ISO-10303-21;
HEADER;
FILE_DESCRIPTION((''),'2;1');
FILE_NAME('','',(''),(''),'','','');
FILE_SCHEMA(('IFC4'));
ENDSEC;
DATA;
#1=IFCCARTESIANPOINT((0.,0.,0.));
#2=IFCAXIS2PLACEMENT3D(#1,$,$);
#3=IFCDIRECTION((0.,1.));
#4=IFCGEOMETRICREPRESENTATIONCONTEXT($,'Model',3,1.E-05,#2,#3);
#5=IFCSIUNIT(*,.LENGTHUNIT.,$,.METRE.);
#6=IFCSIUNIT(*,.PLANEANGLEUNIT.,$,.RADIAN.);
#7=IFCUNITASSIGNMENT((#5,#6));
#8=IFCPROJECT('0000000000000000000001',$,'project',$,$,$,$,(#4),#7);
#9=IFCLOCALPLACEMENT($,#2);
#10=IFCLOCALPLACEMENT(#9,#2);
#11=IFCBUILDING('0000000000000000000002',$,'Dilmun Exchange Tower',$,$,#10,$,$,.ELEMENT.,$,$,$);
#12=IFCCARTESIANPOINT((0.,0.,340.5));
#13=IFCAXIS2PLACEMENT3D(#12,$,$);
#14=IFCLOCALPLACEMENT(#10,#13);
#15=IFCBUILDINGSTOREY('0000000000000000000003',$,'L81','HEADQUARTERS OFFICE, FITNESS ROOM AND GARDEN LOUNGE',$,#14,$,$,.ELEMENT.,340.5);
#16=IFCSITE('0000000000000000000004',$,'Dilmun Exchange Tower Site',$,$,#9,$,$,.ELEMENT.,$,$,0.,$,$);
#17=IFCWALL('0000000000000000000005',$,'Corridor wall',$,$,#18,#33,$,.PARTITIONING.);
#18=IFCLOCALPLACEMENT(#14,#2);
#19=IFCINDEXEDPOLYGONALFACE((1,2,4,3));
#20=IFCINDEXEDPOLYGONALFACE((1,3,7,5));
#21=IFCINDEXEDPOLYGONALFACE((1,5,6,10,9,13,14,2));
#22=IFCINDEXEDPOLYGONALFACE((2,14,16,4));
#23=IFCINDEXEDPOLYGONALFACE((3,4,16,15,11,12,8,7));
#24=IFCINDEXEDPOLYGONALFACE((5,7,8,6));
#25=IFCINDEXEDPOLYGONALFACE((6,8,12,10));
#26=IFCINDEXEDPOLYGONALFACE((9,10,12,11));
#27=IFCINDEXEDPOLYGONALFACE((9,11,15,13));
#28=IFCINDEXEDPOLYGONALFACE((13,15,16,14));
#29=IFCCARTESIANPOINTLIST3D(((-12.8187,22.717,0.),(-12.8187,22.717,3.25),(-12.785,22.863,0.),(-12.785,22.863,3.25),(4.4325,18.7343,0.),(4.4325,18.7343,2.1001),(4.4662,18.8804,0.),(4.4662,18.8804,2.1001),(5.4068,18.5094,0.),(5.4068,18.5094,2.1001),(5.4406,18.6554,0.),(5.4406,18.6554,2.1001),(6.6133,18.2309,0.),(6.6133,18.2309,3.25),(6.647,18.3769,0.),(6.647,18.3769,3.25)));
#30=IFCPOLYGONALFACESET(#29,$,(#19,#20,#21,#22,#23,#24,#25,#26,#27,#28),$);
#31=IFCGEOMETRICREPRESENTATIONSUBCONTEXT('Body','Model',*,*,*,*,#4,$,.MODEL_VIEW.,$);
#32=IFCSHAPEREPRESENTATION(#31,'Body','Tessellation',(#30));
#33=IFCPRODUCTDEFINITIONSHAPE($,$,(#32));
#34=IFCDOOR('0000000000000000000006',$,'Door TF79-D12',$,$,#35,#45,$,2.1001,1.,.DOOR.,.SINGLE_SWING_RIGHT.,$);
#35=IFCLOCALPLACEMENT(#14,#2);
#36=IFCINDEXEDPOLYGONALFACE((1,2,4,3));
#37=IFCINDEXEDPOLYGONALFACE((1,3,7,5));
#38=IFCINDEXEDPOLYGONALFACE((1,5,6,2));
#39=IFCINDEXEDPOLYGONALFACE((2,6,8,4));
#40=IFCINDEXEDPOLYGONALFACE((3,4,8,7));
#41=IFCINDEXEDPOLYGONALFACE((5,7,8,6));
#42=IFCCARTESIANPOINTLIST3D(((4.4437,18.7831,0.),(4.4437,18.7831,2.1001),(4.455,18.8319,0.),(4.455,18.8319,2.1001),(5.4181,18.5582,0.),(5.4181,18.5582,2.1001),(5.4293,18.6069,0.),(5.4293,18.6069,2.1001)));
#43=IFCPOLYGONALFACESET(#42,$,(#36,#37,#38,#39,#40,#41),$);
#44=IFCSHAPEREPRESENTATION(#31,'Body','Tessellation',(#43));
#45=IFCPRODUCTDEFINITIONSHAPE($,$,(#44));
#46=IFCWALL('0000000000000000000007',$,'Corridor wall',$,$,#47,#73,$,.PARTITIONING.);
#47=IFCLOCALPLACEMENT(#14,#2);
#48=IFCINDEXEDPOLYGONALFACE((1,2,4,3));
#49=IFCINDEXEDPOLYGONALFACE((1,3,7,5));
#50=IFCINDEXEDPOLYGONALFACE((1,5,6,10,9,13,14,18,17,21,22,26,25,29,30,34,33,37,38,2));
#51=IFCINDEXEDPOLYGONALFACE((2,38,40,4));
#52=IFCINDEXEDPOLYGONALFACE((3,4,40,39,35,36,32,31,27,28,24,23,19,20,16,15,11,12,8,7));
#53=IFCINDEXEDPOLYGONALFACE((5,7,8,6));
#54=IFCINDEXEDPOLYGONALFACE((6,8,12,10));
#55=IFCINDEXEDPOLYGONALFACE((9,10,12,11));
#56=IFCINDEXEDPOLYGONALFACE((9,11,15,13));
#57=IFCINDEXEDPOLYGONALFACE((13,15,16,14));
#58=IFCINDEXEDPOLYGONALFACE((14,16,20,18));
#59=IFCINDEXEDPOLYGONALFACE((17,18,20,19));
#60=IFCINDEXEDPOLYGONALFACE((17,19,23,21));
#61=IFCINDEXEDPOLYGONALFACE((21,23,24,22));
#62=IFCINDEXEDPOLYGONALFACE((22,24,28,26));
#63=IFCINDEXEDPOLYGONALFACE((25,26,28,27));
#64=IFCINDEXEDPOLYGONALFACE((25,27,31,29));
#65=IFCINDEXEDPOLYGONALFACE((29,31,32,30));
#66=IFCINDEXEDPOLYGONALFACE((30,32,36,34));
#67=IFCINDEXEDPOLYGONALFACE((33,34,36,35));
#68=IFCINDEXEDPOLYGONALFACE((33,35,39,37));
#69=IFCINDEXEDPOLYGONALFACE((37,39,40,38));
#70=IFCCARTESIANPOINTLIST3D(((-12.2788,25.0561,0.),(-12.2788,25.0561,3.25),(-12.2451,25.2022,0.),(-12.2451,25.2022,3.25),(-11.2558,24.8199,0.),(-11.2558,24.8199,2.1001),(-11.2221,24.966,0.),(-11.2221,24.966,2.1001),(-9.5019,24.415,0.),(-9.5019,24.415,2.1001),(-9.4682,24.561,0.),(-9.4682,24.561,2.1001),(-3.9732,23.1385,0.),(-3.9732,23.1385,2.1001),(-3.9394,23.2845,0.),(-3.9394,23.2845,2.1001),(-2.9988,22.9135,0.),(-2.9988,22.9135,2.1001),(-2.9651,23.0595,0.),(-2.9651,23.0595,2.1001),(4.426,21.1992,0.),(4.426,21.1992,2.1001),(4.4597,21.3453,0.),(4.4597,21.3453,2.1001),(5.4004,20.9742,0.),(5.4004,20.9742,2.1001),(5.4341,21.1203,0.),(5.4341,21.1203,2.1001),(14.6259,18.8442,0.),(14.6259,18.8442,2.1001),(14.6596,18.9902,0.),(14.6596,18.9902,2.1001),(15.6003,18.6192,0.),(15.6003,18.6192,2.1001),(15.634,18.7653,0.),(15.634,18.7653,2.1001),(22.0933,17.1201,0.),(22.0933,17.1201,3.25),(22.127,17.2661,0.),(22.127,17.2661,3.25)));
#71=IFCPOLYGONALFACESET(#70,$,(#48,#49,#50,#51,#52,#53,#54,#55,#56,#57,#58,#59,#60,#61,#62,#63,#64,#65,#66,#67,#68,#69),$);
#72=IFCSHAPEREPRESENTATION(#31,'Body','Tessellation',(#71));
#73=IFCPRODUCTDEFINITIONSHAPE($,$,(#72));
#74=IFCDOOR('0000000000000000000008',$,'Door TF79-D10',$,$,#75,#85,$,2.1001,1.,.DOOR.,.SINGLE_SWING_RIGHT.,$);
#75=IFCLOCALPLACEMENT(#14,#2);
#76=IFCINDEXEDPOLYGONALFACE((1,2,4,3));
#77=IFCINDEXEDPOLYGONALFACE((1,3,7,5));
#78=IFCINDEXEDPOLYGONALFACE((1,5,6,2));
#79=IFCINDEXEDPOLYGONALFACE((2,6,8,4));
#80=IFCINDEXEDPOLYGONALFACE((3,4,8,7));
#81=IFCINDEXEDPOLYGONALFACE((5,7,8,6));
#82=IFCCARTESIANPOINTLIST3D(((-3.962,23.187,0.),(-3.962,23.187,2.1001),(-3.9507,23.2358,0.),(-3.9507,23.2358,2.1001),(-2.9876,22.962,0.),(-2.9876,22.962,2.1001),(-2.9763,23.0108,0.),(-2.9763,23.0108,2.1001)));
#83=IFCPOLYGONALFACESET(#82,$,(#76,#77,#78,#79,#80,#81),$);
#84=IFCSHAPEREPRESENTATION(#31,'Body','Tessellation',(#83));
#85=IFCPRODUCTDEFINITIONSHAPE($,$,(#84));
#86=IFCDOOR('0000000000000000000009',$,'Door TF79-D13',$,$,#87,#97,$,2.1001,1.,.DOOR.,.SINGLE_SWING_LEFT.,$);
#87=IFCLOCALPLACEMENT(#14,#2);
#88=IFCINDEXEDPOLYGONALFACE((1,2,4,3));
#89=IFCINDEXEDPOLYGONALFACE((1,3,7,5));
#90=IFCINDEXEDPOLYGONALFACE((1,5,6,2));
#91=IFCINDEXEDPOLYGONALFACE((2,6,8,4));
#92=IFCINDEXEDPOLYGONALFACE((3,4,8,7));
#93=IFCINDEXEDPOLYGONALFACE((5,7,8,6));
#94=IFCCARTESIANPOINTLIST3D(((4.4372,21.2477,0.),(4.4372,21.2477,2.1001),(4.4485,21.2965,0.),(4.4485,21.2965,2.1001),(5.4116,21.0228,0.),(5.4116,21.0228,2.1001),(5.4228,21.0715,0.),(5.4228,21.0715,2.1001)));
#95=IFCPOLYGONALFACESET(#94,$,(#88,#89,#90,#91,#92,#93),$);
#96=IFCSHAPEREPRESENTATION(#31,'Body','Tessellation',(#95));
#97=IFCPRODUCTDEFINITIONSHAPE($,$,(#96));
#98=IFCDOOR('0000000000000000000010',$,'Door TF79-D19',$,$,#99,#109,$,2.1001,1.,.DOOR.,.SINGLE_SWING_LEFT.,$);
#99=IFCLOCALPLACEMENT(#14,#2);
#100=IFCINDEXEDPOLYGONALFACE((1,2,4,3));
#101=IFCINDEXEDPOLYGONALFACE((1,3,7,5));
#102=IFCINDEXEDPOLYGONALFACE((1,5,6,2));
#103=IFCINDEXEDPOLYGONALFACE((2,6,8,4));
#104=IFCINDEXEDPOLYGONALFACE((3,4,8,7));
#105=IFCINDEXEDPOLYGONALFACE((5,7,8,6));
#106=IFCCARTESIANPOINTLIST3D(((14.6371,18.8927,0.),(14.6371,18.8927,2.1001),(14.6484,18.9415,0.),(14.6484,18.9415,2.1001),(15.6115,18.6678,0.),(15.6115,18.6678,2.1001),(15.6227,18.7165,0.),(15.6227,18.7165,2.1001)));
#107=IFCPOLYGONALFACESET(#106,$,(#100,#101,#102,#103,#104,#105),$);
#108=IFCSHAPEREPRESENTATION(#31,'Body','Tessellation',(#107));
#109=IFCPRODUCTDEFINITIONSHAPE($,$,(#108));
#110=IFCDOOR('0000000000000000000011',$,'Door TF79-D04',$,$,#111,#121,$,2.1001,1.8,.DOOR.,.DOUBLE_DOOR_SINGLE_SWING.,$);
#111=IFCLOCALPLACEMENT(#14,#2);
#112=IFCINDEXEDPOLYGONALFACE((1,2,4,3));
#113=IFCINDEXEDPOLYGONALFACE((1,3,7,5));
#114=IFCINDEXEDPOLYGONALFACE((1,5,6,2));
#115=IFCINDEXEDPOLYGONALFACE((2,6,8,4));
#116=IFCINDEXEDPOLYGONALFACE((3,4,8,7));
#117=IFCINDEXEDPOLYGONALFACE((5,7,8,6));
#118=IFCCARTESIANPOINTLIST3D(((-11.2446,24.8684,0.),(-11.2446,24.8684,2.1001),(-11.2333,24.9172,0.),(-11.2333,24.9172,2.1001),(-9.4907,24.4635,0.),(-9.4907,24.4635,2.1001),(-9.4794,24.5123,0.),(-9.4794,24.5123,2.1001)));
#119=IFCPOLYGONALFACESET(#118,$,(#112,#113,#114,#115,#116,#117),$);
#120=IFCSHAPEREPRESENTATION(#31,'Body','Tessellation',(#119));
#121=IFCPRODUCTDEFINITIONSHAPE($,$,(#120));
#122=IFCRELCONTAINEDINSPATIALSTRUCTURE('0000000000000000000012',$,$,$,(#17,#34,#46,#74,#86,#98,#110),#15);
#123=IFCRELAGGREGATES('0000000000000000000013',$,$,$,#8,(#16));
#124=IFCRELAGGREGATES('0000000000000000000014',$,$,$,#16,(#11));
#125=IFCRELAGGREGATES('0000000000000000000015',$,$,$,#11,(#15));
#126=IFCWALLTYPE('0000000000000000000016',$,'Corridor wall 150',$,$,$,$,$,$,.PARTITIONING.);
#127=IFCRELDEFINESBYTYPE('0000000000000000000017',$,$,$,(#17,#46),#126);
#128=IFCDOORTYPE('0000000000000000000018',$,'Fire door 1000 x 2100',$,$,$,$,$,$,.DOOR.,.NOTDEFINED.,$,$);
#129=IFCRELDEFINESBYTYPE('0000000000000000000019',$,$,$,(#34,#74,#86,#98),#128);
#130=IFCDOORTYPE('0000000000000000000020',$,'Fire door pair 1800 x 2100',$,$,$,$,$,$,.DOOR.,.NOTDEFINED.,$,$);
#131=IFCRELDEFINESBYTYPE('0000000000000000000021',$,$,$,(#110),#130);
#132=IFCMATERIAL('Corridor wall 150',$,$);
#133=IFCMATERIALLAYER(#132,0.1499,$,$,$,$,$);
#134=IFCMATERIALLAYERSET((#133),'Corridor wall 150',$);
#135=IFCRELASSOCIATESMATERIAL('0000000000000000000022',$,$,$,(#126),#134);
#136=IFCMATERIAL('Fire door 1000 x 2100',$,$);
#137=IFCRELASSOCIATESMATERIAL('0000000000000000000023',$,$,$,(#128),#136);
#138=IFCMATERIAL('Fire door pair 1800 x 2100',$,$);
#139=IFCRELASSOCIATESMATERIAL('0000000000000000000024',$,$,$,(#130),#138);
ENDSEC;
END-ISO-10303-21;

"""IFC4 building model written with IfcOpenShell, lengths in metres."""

from ifc_helpers import new_model, si_unit, direction, frame, frame_2d, origin, place, context, subcontext, project, spatial, rectangle, extrude, material, layer, layer_set, type_object, element, fill, save


model = new_model("IFC4")

# Units and contexts
model_context = context("Model", 3, precision=1e-05, world=origin(), true_north=direction((0.0, 1.0)))
body_context = subcontext(model_context, "Body", "Model", "MODEL_VIEW")
ifc_project = project(units=[si_unit("LENGTHUNIT", "METRE"), si_unit("PLANEANGLEUNIT", "RADIAN")], contexts=[model_context])

# Site, building, storey
site_placement = place(None, origin())
site = spatial("IfcSite", under=ifc_project, at=site_placement, Name="Dilmun Exchange Tower Site", CompositionType="ELEMENT", RefElevation=0.0)
building_placement = place(site_placement, origin())
building = spatial("IfcBuilding", under=site, at=building_placement, Name="Dilmun Exchange Tower", CompositionType="ELEMENT")
storey_placement = place(building_placement, frame((0.0, 0.0, 340.5)))
storey = spatial("IfcBuildingStorey", under=building, at=storey_placement, Name="L81", Description="HEADQUARTERS OFFICE, FITNESS ROOM AND GARDEN LOUNGE", CompositionType="ELEMENT", Elevation=340.5)

# Shared definitions
ifc_material_1 = material(Name="Corridor wall 150")
ifc_layer_1 = layer(ifc_material_1, 0.1499)
ifc_layer_set_1 = layer_set([ifc_layer_1], Name="Corridor wall 150")
wall_type = type_object("IfcWallType", Name="Corridor wall 150", PredefinedType="PARTITIONING", material=ifc_layer_set_1)

# Wall, opening, door
wall_1_placement = place(storey_placement, frame((-12.802, 22.79, 0.0), z_axis=(0.0, 0.0, 1.0), x_axis=(0.974371, -0.224945, 0.0)))
wall_1 = element("IfcWall", 1, at=wall_1_placement, inside=storey, type_object=wall_type, Name="Corridor wall", PredefinedType="PARTITIONING", context=body_context, shape_type="SweptSolid", body=[
    extrude(rectangle(XDim=19.9431, YDim=0.1499, at=frame_2d((9.9717, 0.0))), origin(), (0.0, 0.0, 1.0), 3.25),
])
opening_1_placement = place(wall_1_placement, frame((17.7051, 0.0, 0.0)))
opening_1 = element("IfcOpeningElement", 2, at=opening_1_placement, cuts=wall_1, PredefinedType="OPENING", context=body_context, shape_type="SweptSolid", body=[
    extrude(rectangle(XDim=1.0, YDim=2.1001, at=frame_2d((0.5, 1.05))), frame((0.0, 0.085, 0.0), z_axis=(0.0, -1.0, 0.0), x_axis=(1.0, 0.0, 0.0)), (0.0, 0.0, 1.0), 0.1699),
])
ifc_material_2 = material(Name="Fire door 1000 x 2100")
door_type_1 = type_object("IfcDoorType", Name="Fire door 1000 x 2100", OperationType="NOTDEFINED", PredefinedType="DOOR", material=ifc_material_2)
door_1_placement = place(opening_1_placement, frame((1.0, 0.0, 0.0), z_axis=(0.0, 0.0, 1.0), x_axis=(-1.0, 0.0, 0.0)))
door_1 = element("IfcDoor", 3, at=door_1_placement, inside=storey, type_object=door_type_1, Name="Door TF79-D12", OperationType="SINGLE_SWING_RIGHT", OverallHeight=2.1001, OverallWidth=1.0, PredefinedType="DOOR", context=body_context, shape_type="SweptSolid", body=[
    extrude(rectangle(XDim=1.0, YDim=2.1001, at=frame_2d((0.5, 1.05))), frame((0.0, 0.0249, 0.0), z_axis=(0.0, -1.0, 0.0), x_axis=(1.0, 0.0, 0.0)), (0.0, 0.0, 1.0), 0.05),
])
fill(opening_1, door_1)

# Wall, openings, doors
wall_2_placement = place(storey_placement, frame((-12.262, 25.1292, 0.0), z_axis=(0.0, 0.0, 1.0), x_axis=(0.974366, -0.224968, 0.0)))
wall_2 = element("IfcWall", 4, at=wall_2_placement, inside=storey, type_object=wall_type, Name="Corridor wall", PredefinedType="PARTITIONING", context=body_context, shape_type="SweptSolid", body=[
    extrude(rectangle(XDim=35.2764, YDim=0.1499, at=frame_2d((17.6382, 0.0))), origin(), (0.0, 0.0, 1.0), 3.25),
])
opening_2_placement = place(wall_2_placement, frame((1.05, 0.0, 0.0)))
opening_2 = element("IfcOpeningElement", 5, at=opening_2_placement, cuts=wall_2, PredefinedType="OPENING", context=body_context, shape_type="SweptSolid", body=[
    extrude(rectangle(XDim=1.8, YDim=2.1001, at=frame_2d((0.8999, 1.05))), frame((0.0, 0.085, 0.0), z_axis=(0.0, -1.0, 0.0), x_axis=(1.0, 0.0, 0.0)), (0.0, 0.0, 1.0), 0.1699),
])
opening_3_placement = place(wall_2_placement, frame((8.5242, 0.0, 0.0)))
opening_3 = element("IfcOpeningElement", 6, at=opening_3_placement, cuts=wall_2, PredefinedType="OPENING", context=body_context, shape_type="SweptSolid", body=[
    extrude(rectangle(XDim=1.0, YDim=2.1001, at=frame_2d((0.5, 1.05))), frame((0.0, 0.085, 0.0), z_axis=(0.0, -1.0, 0.0), x_axis=(1.0, 0.0, 0.0)), (0.0, 0.0, 1.0), 0.1699),
])
opening_4_placement = place(wall_2_placement, frame((17.1443, 0.0, 0.0)))
opening_4 = element("IfcOpeningElement", 7, at=opening_4_placement, cuts=wall_2, PredefinedType="OPENING", context=body_context, shape_type="SweptSolid", body=[
    extrude(rectangle(XDim=1.0, YDim=2.1001, at=frame_2d((0.5, 1.05))), frame((0.0, 0.085, 0.0), z_axis=(0.0, -1.0, 0.0), x_axis=(1.0, 0.0, 0.0)), (0.0, 0.0, 1.0), 0.1699),
])
opening_5_placement = place(wall_2_placement, frame((27.6125, 0.0, 0.0)))
opening_5 = element("IfcOpeningElement", 8, at=opening_5_placement, cuts=wall_2, PredefinedType="OPENING", context=body_context, shape_type="SweptSolid", body=[
    extrude(rectangle(XDim=1.0, YDim=2.1001, at=frame_2d((0.5, 1.05))), frame((0.0, 0.085, 0.0), z_axis=(0.0, -1.0, 0.0), x_axis=(1.0, 0.0, 0.0)), (0.0, 0.0, 1.0), 0.1699),
])
door_2_placement = place(opening_3_placement, origin())
door_2 = element("IfcDoor", 9, at=door_2_placement, inside=storey, type_object=door_type_1, Name="Door TF79-D10", OperationType="SINGLE_SWING_RIGHT", OverallHeight=2.1001, OverallWidth=1.0, PredefinedType="DOOR", context=body_context, shape_type="SweptSolid", body=[
    extrude(rectangle(XDim=1.0, YDim=2.1001, at=frame_2d((0.5, 1.05))), frame((0.0, 0.0249, 0.0), z_axis=(0.0, -1.0, 0.0), x_axis=(1.0, 0.0, 0.0)), (0.0, 0.0, 1.0), 0.05),
])
fill(opening_3, door_2)
door_3_placement = place(opening_4_placement, origin())
door_3 = element("IfcDoor", 10, at=door_3_placement, inside=storey, type_object=door_type_1, Name="Door TF79-D13", OperationType="SINGLE_SWING_LEFT", OverallHeight=2.1001, OverallWidth=1.0, PredefinedType="DOOR", context=body_context, shape_type="SweptSolid", body=[
    extrude(rectangle(XDim=1.0, YDim=2.1001, at=frame_2d((0.5, 1.05))), frame((0.0, 0.0249, 0.0), z_axis=(0.0, -1.0, 0.0), x_axis=(1.0, 0.0, 0.0)), (0.0, 0.0, 1.0), 0.05),
])
fill(opening_4, door_3)
door_4_placement = place(opening_5_placement, origin())
door_4 = element("IfcDoor", 11, at=door_4_placement, inside=storey, type_object=door_type_1, Name="Door TF79-D19", OperationType="SINGLE_SWING_LEFT", OverallHeight=2.1001, OverallWidth=1.0, PredefinedType="DOOR", context=body_context, shape_type="SweptSolid", body=[
    extrude(rectangle(XDim=1.0, YDim=2.1001, at=frame_2d((0.5, 1.05))), frame((0.0, 0.0249, 0.0), z_axis=(0.0, -1.0, 0.0), x_axis=(1.0, 0.0, 0.0)), (0.0, 0.0, 1.0), 0.05),
])
fill(opening_5, door_4)
ifc_material_3 = material(Name="Fire door pair 1800 x 2100")
door_type_2 = type_object("IfcDoorType", Name="Fire door pair 1800 x 2100", OperationType="NOTDEFINED", PredefinedType="DOOR", material=ifc_material_3)
door_5_placement = place(opening_2_placement, origin())
door_5 = element("IfcDoor", 12, at=door_5_placement, inside=storey, type_object=door_type_2, Name="Door TF79-D04", OperationType="DOUBLE_DOOR_SINGLE_SWING", OverallHeight=2.1001, OverallWidth=1.8, PredefinedType="DOOR", context=body_context, shape_type="SweptSolid", body=[
    extrude(rectangle(XDim=1.8, YDim=2.1001, at=frame_2d((0.8999, 1.05))), frame((0.0, 0.0249, 0.0), z_axis=(0.0, -1.0, 0.0), x_axis=(1.0, 0.0, 0.0)), (0.0, 0.0, 1.0), 0.05),
])
fill(opening_2, door_5)

save(model, "model.ifc")
